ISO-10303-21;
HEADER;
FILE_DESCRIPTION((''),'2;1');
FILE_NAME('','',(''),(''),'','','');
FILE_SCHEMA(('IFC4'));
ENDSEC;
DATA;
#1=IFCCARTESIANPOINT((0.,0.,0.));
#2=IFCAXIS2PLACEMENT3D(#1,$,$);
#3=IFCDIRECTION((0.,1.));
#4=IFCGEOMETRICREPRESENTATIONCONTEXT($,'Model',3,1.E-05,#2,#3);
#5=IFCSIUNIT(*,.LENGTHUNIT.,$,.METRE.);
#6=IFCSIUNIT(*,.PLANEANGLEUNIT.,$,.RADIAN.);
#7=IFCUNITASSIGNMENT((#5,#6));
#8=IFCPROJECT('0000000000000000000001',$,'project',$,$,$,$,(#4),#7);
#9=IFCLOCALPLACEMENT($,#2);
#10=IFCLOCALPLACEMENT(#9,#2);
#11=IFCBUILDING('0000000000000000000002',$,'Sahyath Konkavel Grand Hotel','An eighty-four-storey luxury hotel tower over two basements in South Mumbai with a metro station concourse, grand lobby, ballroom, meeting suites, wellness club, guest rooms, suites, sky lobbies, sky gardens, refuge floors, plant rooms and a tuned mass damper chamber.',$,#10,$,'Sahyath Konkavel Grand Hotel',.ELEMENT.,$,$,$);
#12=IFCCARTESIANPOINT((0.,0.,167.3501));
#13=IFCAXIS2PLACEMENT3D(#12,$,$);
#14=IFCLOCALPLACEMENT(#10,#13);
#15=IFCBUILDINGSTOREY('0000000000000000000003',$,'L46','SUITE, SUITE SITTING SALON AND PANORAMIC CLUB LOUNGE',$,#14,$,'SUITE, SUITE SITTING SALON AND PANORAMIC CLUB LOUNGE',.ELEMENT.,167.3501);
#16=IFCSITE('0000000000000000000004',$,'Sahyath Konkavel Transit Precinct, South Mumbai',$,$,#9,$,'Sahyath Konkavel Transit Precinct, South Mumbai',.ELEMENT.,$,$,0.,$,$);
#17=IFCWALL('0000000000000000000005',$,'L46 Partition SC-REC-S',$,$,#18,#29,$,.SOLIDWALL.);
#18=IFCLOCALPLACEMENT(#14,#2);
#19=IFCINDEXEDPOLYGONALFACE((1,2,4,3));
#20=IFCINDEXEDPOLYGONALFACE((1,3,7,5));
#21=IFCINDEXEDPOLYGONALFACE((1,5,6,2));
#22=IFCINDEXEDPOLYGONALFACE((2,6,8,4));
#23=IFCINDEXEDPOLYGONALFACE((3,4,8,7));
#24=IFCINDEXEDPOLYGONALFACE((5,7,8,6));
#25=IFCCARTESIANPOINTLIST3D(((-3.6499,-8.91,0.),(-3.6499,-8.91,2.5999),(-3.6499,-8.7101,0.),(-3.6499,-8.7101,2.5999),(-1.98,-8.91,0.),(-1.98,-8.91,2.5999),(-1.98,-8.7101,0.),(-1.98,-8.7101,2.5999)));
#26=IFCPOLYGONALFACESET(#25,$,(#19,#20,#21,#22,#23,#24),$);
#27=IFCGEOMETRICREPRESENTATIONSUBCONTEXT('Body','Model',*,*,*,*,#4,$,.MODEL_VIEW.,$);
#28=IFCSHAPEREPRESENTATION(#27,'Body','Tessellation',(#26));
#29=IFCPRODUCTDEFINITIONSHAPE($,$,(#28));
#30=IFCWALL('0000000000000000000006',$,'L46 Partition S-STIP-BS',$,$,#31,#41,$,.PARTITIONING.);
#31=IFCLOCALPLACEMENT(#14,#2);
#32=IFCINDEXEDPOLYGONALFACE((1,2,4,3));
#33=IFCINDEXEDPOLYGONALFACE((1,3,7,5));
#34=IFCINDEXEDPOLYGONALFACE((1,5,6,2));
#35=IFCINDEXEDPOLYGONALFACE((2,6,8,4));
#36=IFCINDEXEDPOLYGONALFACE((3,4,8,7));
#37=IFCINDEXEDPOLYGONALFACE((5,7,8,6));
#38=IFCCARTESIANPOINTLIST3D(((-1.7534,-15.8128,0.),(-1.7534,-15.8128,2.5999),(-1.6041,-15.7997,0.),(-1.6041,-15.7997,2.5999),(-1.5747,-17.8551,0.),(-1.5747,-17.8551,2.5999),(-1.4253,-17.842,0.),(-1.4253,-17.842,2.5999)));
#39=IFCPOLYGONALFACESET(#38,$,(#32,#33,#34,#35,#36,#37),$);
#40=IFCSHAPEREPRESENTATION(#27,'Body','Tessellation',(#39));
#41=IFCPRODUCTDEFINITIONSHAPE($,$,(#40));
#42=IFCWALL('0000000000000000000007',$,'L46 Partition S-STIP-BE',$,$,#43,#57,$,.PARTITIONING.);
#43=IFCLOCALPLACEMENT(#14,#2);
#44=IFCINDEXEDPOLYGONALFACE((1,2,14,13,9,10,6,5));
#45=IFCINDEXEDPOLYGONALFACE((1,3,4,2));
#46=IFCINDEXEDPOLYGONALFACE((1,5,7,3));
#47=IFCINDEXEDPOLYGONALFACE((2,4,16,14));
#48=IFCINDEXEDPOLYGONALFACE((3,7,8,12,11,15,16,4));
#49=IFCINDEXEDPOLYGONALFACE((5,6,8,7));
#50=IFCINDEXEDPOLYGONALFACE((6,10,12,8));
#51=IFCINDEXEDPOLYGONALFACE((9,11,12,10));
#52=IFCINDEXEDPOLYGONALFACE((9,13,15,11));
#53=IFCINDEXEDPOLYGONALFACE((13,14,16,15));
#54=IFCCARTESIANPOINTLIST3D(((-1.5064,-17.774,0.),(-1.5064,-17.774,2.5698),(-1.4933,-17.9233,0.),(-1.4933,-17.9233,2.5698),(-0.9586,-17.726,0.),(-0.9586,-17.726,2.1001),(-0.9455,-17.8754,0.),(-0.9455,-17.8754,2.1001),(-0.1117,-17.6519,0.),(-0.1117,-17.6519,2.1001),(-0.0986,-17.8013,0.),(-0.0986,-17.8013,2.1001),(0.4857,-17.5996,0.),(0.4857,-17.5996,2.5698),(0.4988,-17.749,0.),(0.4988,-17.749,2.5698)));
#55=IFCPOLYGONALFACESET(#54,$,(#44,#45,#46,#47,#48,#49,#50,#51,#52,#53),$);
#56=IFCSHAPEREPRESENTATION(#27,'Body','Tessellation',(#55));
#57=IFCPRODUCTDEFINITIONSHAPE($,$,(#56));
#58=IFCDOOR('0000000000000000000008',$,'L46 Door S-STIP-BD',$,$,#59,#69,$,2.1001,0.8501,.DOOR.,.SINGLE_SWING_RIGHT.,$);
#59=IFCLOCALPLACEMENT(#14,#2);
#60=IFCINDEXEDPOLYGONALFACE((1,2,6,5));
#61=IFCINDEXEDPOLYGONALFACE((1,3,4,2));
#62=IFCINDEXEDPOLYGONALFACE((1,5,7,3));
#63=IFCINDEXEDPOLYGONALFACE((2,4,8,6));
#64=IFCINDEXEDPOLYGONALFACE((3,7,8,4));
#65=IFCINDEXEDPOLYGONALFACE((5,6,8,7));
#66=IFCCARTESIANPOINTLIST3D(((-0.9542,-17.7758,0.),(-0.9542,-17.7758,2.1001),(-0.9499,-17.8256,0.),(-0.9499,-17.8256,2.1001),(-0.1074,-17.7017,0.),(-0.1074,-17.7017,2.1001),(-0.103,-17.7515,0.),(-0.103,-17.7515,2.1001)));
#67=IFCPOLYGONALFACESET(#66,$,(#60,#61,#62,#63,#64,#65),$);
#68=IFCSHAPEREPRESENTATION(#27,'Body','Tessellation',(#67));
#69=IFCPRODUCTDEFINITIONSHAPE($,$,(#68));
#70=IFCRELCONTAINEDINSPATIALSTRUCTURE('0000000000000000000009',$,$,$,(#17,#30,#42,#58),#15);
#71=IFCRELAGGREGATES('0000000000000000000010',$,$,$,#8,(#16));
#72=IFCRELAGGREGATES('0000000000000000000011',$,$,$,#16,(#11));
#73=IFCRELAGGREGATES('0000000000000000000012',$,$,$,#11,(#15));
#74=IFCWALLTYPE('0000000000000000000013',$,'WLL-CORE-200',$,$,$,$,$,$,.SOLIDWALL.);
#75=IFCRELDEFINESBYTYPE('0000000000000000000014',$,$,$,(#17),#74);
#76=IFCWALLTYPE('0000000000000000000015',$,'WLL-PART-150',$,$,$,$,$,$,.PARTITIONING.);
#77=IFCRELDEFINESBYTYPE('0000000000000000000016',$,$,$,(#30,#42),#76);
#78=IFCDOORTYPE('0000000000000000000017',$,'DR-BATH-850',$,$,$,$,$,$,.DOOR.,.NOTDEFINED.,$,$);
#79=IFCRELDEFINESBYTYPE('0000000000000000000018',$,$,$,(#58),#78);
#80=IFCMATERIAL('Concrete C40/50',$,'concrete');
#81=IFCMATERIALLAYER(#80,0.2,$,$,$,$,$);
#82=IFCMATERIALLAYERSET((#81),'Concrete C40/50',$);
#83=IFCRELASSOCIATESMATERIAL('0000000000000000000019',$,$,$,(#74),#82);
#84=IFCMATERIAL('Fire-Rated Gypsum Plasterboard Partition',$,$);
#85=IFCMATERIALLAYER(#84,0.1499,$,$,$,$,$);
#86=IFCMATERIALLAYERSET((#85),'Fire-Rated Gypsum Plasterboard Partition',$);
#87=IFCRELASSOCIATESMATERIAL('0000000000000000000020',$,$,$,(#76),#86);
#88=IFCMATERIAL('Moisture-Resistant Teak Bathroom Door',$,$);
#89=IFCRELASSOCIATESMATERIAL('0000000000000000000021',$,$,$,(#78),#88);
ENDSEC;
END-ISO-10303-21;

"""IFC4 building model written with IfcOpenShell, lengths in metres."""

from ifc_helpers import new_model, si_unit, direction, frame, frame_2d, origin, origin_2d, place, context, subcontext, project, spatial, rectangle, extrude, source, transform, mapped, material, layer, layer_set, type_object, element, fill, save


model = new_model("IFC4")

# Units and contexts
model_context = context("Model", 3, precision=1e-05, world=origin(), true_north=direction((0.0, 1.0)))
body_context = subcontext(model_context, "Body", "Model", "MODEL_VIEW")
ifc_project = project(units=[si_unit("LENGTHUNIT", "METRE"), si_unit("PLANEANGLEUNIT", "RADIAN")], contexts=[model_context])

# Site, building, storey
site_placement = place(None, origin())
site = spatial("IfcSite", under=ifc_project, at=site_placement, Name="Sahyath Konkavel Transit Precinct, South Mumbai", LongName="Sahyath Konkavel Transit Precinct, South Mumbai", CompositionType="ELEMENT", RefElevation=0.0)
building_placement = place(site_placement, origin())
building = spatial("IfcBuilding", under=site, at=building_placement, Name="Sahyath Konkavel Grand Hotel", Description="An eighty-four-storey luxury hotel tower over two basements in South Mumbai with a metro station concourse, grand lobby, ballroom, meeting suites, wellness club, guest rooms, suites, sky lobbies, sky gardens, refuge floors, plant rooms and a tuned mass damper chamber.", LongName="Sahyath Konkavel Grand Hotel", CompositionType="ELEMENT")
storey_placement = place(building_placement, frame((0.0, 0.0, 167.3501)))
storey = spatial("IfcBuildingStorey", under=building, at=storey_placement, Name="L46", Description="SUITE, SUITE SITTING SALON AND PANORAMIC CLUB LOUNGE", LongName="SUITE, SUITE SITTING SALON AND PANORAMIC CLUB LOUNGE", CompositionType="ELEMENT", Elevation=167.3501)

# Shared definitions
ifc_material_1 = material(Name="Concrete C40/50", Category="concrete")

# Shared definitions
ifc_layer_1 = layer(ifc_material_1, 0.2)
ifc_layer_set_1 = layer_set([ifc_layer_1], Name="Concrete C40/50")
wall_type_1 = type_object("IfcWallType", Name="WLL-CORE-200", PredefinedType="SOLIDWALL", material=ifc_layer_set_1)
shared_shape_1 = source(origin(), body_context, "Body", "SweptSolid", [
    extrude(rectangle(XDim=0.8501, YDim=0.05, at=origin_2d()), origin(), (0.0, 0.0, 1.0), 2.1001),
])

# Walls
wall_1_placement = place(storey_placement, frame((-3.6499, -8.8101, 0.0), z_axis=(0.0, 0.0, 1.0), x_axis=(1.0, 0.0, 0.0)))
element("IfcWall", 1, at=wall_1_placement, inside=storey, type_object=wall_type_1, Name="L46 Partition SC-REC-S", PredefinedType="SOLIDWALL", context=body_context, shape_type="SweptSolid", body=[
    extrude(rectangle(XDim=1.6699, YDim=0.2, at=frame_2d((0.835, 0.0))), origin(), (0.0, 0.0, 1.0), 2.5999),
])
ifc_material_2 = material(Name="Fire-Rated Gypsum Plasterboard Partition")
ifc_layer_2 = layer(ifc_material_2, 0.1499)
ifc_layer_set_2 = layer_set([ifc_layer_2], Name="Fire-Rated Gypsum Plasterboard Partition")
wall_type_2 = type_object("IfcWallType", Name="WLL-PART-150", PredefinedType="PARTITIONING", material=ifc_layer_set_2)
wall_2_placement = place(storey_placement, frame((-1.6787, -15.8064, 0.0), z_axis=(0.0, 0.0, 1.0), x_axis=(0.087174, -0.996193, 0.0)))
element("IfcWall", 2, at=wall_2_placement, inside=storey, type_object=wall_type_2, Name="L46 Partition S-STIP-BS", PredefinedType="PARTITIONING", context=body_context, shape_type="SweptSolid", body=[
    extrude(rectangle(XDim=2.05, YDim=0.1499, at=frame_2d((1.0249, 0.0))), origin(), (0.0, 0.0, 1.0), 2.5999),
])

# Wall, opening, door
wall_3_placement = place(storey_placement, frame((-1.5, -17.8486, 0.0), z_axis=(0.0, 0.0, 1.0), x_axis=(0.996194, 0.087167, 0.0)))
wall_3 = element("IfcWall", 3, at=wall_3_placement, inside=storey, type_object=wall_type_2, Name="L46 Partition S-STIP-BE", PredefinedType="PARTITIONING", context=body_context, shape_type="SweptSolid", body=[
    extrude(rectangle(XDim=1.9998, YDim=0.1499, at=frame_2d((1.0, 0.0))), origin(), (0.0, 0.0, 1.0), 2.5698),
])
opening_1_placement = place(wall_3_placement, frame((0.55, 0.0, 0.0)))
opening_1 = element("IfcOpeningElement", 4, at=opening_1_placement, cuts=wall_3, PredefinedType="OPENING", context=body_context, shape_type="SweptSolid", body=[
    extrude(rectangle(XDim=0.8501, YDim=2.1001, at=frame_2d((0.425, 1.05))), frame((0.0, 0.085, 0.0), z_axis=(0.0, -1.0, 0.0), x_axis=(1.0, 0.0, 0.0)), (0.0, 0.0, 1.0), 0.1699),
])
ifc_material_3 = material(Name="Moisture-Resistant Teak Bathroom Door")
door_type_1 = type_object("IfcDoorType", Name="DR-BATH-850", OperationType="NOTDEFINED", PredefinedType="DOOR", material=ifc_material_3)
door_1_placement = place(opening_1_placement, frame((0.425, 0.0, 0.0)))
door_1 = element("IfcDoor", 5, at=door_1_placement, inside=storey, type_object=door_type_1, Name="L46 Door S-STIP-BD", OperationType="SINGLE_SWING_RIGHT", OverallHeight=2.1001, OverallWidth=0.8501, PredefinedType="DOOR", context=body_context, shape_type="MappedRepresentation", body=[
    mapped(shared_shape_1, transform((0.0, 0.0, 0.0), scale=1.0)),
])
fill(opening_1, door_1)

save(model, "model.ifc")
